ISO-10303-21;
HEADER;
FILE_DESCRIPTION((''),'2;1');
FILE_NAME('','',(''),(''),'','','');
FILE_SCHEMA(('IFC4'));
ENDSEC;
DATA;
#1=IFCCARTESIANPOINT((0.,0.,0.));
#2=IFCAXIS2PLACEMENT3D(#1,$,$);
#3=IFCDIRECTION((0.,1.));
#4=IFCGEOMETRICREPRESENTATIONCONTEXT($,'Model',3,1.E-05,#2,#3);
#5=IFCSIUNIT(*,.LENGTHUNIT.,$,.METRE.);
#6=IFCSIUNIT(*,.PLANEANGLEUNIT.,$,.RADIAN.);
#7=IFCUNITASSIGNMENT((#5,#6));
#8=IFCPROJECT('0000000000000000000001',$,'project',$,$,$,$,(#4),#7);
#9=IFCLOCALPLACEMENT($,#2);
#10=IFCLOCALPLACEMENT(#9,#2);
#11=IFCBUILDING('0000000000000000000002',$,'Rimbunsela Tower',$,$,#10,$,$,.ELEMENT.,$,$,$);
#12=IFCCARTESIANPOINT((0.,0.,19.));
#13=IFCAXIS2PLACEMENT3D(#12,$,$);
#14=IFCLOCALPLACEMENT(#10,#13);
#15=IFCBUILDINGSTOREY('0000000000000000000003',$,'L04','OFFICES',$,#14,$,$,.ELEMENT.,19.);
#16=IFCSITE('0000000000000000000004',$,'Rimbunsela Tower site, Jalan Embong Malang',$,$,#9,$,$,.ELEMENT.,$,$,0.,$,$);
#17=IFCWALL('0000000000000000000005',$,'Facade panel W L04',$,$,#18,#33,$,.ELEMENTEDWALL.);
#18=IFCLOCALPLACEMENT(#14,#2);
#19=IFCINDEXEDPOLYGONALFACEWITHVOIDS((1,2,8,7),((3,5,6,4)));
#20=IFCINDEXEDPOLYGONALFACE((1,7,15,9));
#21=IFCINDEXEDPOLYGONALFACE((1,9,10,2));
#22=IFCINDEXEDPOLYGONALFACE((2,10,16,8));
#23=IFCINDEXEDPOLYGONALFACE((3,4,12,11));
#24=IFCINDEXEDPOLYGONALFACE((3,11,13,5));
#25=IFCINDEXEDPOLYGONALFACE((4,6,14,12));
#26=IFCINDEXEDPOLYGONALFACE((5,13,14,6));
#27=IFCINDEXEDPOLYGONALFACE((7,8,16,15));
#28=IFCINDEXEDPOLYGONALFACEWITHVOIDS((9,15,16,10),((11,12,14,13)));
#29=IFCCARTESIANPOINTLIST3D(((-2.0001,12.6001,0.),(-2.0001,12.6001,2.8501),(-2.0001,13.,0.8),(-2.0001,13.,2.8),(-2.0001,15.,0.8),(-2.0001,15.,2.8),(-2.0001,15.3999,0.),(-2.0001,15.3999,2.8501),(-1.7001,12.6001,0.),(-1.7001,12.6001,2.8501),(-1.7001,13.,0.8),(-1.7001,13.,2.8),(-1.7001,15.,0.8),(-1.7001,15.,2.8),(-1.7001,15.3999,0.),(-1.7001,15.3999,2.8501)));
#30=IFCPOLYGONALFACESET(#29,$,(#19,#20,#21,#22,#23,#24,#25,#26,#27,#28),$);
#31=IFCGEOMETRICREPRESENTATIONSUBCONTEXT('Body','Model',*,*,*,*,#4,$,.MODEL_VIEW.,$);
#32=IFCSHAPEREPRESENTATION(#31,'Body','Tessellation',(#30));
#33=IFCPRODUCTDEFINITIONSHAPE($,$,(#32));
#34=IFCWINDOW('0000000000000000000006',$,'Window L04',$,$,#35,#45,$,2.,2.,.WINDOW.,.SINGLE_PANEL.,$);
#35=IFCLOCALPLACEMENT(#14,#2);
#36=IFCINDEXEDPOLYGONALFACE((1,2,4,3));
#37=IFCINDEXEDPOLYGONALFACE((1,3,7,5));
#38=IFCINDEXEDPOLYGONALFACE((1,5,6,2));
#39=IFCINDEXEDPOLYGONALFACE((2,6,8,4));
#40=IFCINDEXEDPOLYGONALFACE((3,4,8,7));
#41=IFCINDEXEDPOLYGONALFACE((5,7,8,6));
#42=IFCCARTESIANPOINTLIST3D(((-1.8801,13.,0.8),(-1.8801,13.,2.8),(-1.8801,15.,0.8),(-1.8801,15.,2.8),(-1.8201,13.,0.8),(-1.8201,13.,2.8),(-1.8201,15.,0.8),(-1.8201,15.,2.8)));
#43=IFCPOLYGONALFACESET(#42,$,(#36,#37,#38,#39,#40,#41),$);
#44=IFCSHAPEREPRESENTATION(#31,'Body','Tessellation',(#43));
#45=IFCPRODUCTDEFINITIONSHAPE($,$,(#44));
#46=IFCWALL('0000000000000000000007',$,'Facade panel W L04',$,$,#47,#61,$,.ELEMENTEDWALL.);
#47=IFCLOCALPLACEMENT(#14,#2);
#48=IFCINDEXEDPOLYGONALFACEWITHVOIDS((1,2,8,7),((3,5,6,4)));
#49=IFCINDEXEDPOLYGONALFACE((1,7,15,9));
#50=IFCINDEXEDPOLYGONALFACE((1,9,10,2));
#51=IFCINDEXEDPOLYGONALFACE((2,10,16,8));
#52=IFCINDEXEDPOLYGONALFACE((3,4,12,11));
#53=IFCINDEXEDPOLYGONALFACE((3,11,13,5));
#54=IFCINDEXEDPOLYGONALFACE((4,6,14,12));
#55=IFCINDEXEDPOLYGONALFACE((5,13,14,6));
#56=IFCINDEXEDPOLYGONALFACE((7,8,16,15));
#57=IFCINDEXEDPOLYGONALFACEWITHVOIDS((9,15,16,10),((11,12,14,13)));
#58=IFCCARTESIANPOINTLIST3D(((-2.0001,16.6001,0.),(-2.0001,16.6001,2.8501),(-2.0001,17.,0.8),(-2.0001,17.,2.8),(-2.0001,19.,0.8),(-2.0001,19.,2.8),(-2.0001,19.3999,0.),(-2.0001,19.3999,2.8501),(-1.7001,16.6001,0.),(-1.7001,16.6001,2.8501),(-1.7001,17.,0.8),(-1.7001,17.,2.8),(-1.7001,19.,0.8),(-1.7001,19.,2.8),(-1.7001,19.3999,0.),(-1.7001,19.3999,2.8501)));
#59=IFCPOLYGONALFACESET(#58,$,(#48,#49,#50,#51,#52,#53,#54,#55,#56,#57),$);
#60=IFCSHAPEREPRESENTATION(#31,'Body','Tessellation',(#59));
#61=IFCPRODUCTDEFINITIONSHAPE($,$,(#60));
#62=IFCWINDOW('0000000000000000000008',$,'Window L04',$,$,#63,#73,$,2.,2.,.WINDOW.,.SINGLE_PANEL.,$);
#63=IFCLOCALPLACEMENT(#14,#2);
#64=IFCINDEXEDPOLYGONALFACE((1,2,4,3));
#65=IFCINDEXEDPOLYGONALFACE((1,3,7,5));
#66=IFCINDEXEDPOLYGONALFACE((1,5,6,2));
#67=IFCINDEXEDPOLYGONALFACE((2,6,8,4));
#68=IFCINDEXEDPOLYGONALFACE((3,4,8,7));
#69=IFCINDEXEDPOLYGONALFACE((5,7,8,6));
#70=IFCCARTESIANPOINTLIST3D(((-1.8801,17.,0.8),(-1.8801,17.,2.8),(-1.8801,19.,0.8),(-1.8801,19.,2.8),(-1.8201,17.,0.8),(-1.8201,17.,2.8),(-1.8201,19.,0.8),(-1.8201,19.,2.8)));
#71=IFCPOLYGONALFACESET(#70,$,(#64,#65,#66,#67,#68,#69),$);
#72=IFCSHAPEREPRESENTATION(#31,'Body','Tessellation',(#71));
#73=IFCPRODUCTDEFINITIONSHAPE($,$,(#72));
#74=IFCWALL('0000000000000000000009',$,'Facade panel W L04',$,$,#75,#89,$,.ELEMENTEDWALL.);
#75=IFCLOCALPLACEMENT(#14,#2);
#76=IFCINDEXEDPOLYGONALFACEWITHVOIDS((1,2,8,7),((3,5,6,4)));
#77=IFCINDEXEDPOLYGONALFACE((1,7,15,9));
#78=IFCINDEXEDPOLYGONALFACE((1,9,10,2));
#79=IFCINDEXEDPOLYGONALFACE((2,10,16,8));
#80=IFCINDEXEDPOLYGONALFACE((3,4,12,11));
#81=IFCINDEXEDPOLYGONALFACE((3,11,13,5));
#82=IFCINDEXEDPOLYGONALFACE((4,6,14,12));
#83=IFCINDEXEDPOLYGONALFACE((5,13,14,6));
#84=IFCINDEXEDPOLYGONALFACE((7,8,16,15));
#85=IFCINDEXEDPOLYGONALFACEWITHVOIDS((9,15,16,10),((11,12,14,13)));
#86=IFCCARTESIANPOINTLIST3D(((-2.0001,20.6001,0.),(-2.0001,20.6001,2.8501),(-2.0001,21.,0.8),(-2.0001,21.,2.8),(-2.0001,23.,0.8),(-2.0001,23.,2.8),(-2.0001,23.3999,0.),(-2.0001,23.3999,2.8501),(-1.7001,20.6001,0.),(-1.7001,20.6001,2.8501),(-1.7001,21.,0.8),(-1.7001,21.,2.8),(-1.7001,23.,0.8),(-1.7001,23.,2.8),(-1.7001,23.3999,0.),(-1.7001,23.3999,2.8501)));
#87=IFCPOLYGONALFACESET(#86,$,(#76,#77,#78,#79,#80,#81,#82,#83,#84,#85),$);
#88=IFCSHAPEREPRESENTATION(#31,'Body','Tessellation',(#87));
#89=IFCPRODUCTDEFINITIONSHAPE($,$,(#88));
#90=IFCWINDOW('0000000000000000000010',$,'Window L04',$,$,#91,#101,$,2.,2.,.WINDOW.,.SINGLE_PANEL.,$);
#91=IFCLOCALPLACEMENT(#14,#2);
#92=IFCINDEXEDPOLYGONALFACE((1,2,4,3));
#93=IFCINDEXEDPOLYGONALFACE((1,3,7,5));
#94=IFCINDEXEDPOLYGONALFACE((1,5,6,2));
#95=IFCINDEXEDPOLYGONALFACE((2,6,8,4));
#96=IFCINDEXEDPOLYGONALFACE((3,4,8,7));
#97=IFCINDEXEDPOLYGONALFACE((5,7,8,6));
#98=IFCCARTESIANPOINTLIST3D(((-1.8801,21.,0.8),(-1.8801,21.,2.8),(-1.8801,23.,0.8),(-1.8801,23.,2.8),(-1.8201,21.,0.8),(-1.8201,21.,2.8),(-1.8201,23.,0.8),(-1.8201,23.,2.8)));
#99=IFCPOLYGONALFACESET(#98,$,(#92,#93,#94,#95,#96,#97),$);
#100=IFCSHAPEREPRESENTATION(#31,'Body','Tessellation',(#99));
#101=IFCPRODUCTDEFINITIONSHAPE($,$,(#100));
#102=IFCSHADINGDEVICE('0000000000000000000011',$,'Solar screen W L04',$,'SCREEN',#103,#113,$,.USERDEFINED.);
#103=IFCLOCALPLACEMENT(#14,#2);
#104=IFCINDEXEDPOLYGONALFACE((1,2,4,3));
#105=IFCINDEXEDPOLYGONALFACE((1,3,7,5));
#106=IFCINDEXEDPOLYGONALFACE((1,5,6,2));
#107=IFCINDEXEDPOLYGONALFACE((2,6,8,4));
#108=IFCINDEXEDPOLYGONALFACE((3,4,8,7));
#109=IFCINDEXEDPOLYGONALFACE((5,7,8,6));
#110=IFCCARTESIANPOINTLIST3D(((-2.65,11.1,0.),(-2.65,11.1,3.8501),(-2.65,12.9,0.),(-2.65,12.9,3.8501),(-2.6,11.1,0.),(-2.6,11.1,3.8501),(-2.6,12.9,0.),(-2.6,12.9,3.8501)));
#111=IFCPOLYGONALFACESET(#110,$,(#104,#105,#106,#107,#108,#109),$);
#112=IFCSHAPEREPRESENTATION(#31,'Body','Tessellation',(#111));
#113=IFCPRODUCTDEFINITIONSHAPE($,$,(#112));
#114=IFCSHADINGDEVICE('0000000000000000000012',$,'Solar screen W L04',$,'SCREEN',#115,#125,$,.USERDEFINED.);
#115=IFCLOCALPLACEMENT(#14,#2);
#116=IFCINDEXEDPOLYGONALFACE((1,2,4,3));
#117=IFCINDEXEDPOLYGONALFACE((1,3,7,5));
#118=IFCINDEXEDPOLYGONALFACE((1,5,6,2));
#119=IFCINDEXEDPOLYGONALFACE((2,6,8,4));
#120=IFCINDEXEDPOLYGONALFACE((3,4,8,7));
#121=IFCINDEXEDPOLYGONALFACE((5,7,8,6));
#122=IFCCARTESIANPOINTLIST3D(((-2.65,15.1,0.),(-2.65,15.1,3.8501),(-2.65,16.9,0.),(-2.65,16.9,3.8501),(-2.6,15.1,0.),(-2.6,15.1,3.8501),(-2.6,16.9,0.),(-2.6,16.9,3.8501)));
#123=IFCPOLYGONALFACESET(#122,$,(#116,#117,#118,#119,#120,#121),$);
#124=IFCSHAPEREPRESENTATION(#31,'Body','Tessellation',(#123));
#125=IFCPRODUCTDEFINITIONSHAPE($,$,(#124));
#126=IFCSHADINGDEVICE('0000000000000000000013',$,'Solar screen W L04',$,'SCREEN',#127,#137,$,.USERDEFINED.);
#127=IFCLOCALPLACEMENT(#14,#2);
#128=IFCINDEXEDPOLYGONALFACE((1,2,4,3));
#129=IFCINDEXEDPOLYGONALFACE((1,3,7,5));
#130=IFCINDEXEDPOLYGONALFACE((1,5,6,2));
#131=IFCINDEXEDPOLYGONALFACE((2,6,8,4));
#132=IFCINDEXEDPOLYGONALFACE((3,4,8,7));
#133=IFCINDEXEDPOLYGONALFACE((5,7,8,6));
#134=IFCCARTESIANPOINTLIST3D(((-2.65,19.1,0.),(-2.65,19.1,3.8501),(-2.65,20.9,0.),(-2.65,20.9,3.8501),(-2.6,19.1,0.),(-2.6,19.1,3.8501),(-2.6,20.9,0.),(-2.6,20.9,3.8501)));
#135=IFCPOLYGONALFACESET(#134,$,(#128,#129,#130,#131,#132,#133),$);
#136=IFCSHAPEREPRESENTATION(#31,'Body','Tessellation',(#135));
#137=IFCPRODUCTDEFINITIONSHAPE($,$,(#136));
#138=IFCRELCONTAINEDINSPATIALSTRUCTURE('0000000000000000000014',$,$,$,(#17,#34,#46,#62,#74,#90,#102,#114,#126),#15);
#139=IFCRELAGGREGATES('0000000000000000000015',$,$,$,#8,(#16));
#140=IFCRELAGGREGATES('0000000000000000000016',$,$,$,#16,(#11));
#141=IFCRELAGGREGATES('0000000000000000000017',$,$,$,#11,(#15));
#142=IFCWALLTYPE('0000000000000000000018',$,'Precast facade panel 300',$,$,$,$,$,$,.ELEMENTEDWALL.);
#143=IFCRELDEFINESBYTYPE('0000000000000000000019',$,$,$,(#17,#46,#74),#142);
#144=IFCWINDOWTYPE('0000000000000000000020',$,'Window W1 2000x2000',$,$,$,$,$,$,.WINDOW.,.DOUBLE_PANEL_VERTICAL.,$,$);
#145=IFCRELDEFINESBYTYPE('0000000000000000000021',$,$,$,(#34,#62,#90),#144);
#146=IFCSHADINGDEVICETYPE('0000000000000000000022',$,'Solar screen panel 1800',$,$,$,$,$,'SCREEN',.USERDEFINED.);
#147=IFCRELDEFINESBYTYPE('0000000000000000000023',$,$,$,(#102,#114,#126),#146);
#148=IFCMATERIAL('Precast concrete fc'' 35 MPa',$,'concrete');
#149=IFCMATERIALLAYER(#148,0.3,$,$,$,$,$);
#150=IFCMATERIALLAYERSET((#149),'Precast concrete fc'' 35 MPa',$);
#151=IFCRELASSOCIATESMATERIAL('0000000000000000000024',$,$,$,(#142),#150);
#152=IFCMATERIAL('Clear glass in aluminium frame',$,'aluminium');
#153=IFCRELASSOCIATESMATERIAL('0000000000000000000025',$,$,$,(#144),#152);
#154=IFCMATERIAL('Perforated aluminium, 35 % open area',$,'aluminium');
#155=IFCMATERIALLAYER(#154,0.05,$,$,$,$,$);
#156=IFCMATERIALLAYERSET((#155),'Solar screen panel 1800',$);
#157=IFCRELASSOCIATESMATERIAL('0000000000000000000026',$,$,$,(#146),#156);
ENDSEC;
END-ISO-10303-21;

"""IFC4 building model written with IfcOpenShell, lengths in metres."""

from ifc_helpers import new_model, si_unit, direction, frame, frame_2d, origin, origin_2d, place, context, subcontext, project, spatial, rectangle, extrude, material, layer, layer_set, type_object, element, fill, save


model = new_model("IFC4")

# Units and contexts
model_context = context("Model", 3, precision=1e-05, world=origin(), true_north=direction((0.0, 1.0)))
body_context = subcontext(model_context, "Body", "Model", "MODEL_VIEW")
ifc_project = project(units=[si_unit("LENGTHUNIT", "METRE"), si_unit("PLANEANGLEUNIT", "RADIAN")], contexts=[model_context])

# Site, building, storey
site_placement = place(None, origin())
site = spatial("IfcSite", under=ifc_project, at=site_placement, Name="Rimbunsela Tower site, Jalan Embong Malang", CompositionType="ELEMENT", RefElevation=0.0)
building_placement = place(site_placement, origin())
building = spatial("IfcBuilding", under=site, at=building_placement, Name="Rimbunsela Tower", CompositionType="ELEMENT")
storey_placement = place(building_placement, frame((0.0, 0.0, 19.0)))
storey = spatial("IfcBuildingStorey", under=building, at=storey_placement, Name="L04", Description="OFFICES", CompositionType="ELEMENT", Elevation=19.0)

# Walls, openings, windows
ifc_material_1 = material(Name="Precast concrete fc' 35 MPa", Category="concrete")
ifc_layer_1 = layer(ifc_material_1, 0.3)
ifc_layer_set_1 = layer_set([ifc_layer_1], Name="Precast concrete fc' 35 MPa")
wall_type = type_object("IfcWallType", Name="Precast facade panel 300", PredefinedType="ELEMENTEDWALL", material=ifc_layer_set_1)
ifc_material_2 = material(Name="Clear glass in aluminium frame", Category="aluminium")
window_type = type_object("IfcWindowType", Name="Window W1 2000x2000", PartitioningType="DOUBLE_PANEL_VERTICAL", PredefinedType="WINDOW", material=ifc_material_2)
wall_1_placement = place(storey_placement, frame((-1.8501, 15.3999, 0.0), z_axis=(0.0, 0.0, 1.0), x_axis=(0.0, -1.0, 0.0)))
wall_1 = element("IfcWall", 1, at=wall_1_placement, inside=storey, type_object=wall_type, Name="Facade panel W L04", PredefinedType="ELEMENTEDWALL", context=body_context, shape_type="SweptSolid", body=[
    extrude(rectangle(XDim=2.7998, YDim=0.3, at=frame_2d((1.3999, 0.0))), origin(), (0.0, 0.0, 1.0), 2.8501),
])
opening_1_placement = place(wall_1_placement, frame((0.3999, 0.0, 0.8)))
opening_1 = element("IfcOpeningElement", 2, at=opening_1_placement, cuts=wall_1, PredefinedType="OPENING", context=body_context, shape_type="SweptSolid", body=[
    extrude(rectangle(XDim=2.0, YDim=2.0, at=frame_2d((1.0, 1.0))), frame((0.0, 0.1599, 0.0), z_axis=(0.0, -1.0, 0.0), x_axis=(1.0, 0.0, 0.0)), (0.0, 0.0, 1.0), 0.3201),
])
window_1_placement = place(opening_1_placement, origin())
window_1 = element("IfcWindow", 3, at=window_1_placement, inside=storey, type_object=window_type, Name="Window L04", OverallHeight=2.0, OverallWidth=2.0, PartitioningType="SINGLE_PANEL", PredefinedType="WINDOW", context=body_context, shape_type="SweptSolid", body=[
    extrude(rectangle(XDim=2.0, YDim=2.0, at=frame_2d((1.0, 1.0))), frame((0.0, 0.03, 0.0), z_axis=(0.0, -1.0, 0.0), x_axis=(1.0, 0.0, 0.0)), (0.0, 0.0, 1.0), 0.0601),
])
fill(opening_1, window_1)
wall_2_placement = place(storey_placement, frame((-1.8501, 19.3999, 0.0), z_axis=(0.0, 0.0, 1.0), x_axis=(0.0, -1.0, 0.0)))
wall_2 = element("IfcWall", 4, at=wall_2_placement, inside=storey, type_object=wall_type, Name="Facade panel W L04", PredefinedType="ELEMENTEDWALL", context=body_context, shape_type="SweptSolid", body=[
    extrude(rectangle(XDim=2.7998, YDim=0.3, at=frame_2d((1.3999, 0.0))), origin(), (0.0, 0.0, 1.0), 2.8501),
])
opening_2_placement = place(wall_2_placement, frame((0.3999, 0.0, 0.8)))
opening_2 = element("IfcOpeningElement", 5, at=opening_2_placement, cuts=wall_2, PredefinedType="OPENING", context=body_context, shape_type="SweptSolid", body=[
    extrude(rectangle(XDim=2.0, YDim=2.0, at=frame_2d((1.0, 1.0))), frame((0.0, 0.1599, 0.0), z_axis=(0.0, -1.0, 0.0), x_axis=(1.0, 0.0, 0.0)), (0.0, 0.0, 1.0), 0.3201),
])
window_2_placement = place(opening_2_placement, origin())
window_2 = element("IfcWindow", 6, at=window_2_placement, inside=storey, type_object=window_type, Name="Window L04", OverallHeight=2.0, OverallWidth=2.0, PartitioningType="SINGLE_PANEL", PredefinedType="WINDOW", context=body_context, shape_type="SweptSolid", body=[
    extrude(rectangle(XDim=2.0, YDim=2.0, at=frame_2d((1.0, 1.0))), frame((0.0, 0.03, 0.0), z_axis=(0.0, -1.0, 0.0), x_axis=(1.0, 0.0, 0.0)), (0.0, 0.0, 1.0), 0.0601),
])
fill(opening_2, window_2)
wall_3_placement = place(storey_placement, frame((-1.8501, 23.3999, 0.0), z_axis=(0.0, 0.0, 1.0), x_axis=(0.0, -1.0, 0.0)))
wall_3 = element("IfcWall", 7, at=wall_3_placement, inside=storey, type_object=wall_type, Name="Facade panel W L04", PredefinedType="ELEMENTEDWALL", context=body_context, shape_type="SweptSolid", body=[
    extrude(rectangle(XDim=2.7998, YDim=0.3, at=frame_2d((1.3999, 0.0))), origin(), (0.0, 0.0, 1.0), 2.8501),
])
opening_3_placement = place(wall_3_placement, frame((0.3999, 0.0, 0.8)))
opening_3 = element("IfcOpeningElement", 8, at=opening_3_placement, cuts=wall_3, PredefinedType="OPENING", context=body_context, shape_type="SweptSolid", body=[
    extrude(rectangle(XDim=2.0, YDim=2.0, at=frame_2d((1.0, 1.0))), frame((0.0, 0.1599, 0.0), z_axis=(0.0, -1.0, 0.0), x_axis=(1.0, 0.0, 0.0)), (0.0, 0.0, 1.0), 0.3201),
])
window_3_placement = place(opening_3_placement, origin())
window_3 = element("IfcWindow", 9, at=window_3_placement, inside=storey, type_object=window_type, Name="Window L04", OverallHeight=2.0, OverallWidth=2.0, PartitioningType="SINGLE_PANEL", PredefinedType="WINDOW", context=body_context, shape_type="SweptSolid", body=[
    extrude(rectangle(XDim=2.0, YDim=2.0, at=frame_2d((1.0, 1.0))), frame((0.0, 0.03, 0.0), z_axis=(0.0, -1.0, 0.0), x_axis=(1.0, 0.0, 0.0)), (0.0, 0.0, 1.0), 0.0601),
])
fill(opening_3, window_3)

# Shading devices
ifc_material_3 = material(Name="Perforated aluminium, 35 % open area", Category="aluminium")
ifc_layer_2 = layer(ifc_material_3, 0.05)
ifc_layer_set_2 = layer_set([ifc_layer_2], Name="Solar screen panel 1800")
shading_device_type = type_object("IfcShadingDeviceType", Name="Solar screen panel 1800", ElementType="SCREEN", PredefinedType="USERDEFINED", material=ifc_layer_set_2)
for number, where, z_axis, x_axis, name in (
    (10, (-2.625, 12.0, 0.0), (0.0, 0.0, 1.0), (0.0, 1.0, 0.0), "Solar screen W L04"),
    (11, (-2.625, 16.0, 0.0), (0.0, 0.0, 1.0), (0.0, 1.0, 0.0), "Solar screen W L04"),
    (12, (-2.625, 20.0, 0.0), (0.0, 0.0, 1.0), (0.0, 1.0, 0.0), "Solar screen W L04"),
):
    element("IfcShadingDevice", number, at=place(storey_placement, frame(where, z_axis=z_axis, x_axis=x_axis)), inside=storey, type_object=shading_device_type, Name=name, ObjectType="SCREEN", PredefinedType="USERDEFINED", context=body_context, shape_type="SweptSolid", body=[
        extrude(rectangle(XDim=1.8, YDim=0.05, at=origin_2d()), origin(), (0.0, 0.0, 1.0), 3.8501),
    ])

save(model, "model.ifc")
